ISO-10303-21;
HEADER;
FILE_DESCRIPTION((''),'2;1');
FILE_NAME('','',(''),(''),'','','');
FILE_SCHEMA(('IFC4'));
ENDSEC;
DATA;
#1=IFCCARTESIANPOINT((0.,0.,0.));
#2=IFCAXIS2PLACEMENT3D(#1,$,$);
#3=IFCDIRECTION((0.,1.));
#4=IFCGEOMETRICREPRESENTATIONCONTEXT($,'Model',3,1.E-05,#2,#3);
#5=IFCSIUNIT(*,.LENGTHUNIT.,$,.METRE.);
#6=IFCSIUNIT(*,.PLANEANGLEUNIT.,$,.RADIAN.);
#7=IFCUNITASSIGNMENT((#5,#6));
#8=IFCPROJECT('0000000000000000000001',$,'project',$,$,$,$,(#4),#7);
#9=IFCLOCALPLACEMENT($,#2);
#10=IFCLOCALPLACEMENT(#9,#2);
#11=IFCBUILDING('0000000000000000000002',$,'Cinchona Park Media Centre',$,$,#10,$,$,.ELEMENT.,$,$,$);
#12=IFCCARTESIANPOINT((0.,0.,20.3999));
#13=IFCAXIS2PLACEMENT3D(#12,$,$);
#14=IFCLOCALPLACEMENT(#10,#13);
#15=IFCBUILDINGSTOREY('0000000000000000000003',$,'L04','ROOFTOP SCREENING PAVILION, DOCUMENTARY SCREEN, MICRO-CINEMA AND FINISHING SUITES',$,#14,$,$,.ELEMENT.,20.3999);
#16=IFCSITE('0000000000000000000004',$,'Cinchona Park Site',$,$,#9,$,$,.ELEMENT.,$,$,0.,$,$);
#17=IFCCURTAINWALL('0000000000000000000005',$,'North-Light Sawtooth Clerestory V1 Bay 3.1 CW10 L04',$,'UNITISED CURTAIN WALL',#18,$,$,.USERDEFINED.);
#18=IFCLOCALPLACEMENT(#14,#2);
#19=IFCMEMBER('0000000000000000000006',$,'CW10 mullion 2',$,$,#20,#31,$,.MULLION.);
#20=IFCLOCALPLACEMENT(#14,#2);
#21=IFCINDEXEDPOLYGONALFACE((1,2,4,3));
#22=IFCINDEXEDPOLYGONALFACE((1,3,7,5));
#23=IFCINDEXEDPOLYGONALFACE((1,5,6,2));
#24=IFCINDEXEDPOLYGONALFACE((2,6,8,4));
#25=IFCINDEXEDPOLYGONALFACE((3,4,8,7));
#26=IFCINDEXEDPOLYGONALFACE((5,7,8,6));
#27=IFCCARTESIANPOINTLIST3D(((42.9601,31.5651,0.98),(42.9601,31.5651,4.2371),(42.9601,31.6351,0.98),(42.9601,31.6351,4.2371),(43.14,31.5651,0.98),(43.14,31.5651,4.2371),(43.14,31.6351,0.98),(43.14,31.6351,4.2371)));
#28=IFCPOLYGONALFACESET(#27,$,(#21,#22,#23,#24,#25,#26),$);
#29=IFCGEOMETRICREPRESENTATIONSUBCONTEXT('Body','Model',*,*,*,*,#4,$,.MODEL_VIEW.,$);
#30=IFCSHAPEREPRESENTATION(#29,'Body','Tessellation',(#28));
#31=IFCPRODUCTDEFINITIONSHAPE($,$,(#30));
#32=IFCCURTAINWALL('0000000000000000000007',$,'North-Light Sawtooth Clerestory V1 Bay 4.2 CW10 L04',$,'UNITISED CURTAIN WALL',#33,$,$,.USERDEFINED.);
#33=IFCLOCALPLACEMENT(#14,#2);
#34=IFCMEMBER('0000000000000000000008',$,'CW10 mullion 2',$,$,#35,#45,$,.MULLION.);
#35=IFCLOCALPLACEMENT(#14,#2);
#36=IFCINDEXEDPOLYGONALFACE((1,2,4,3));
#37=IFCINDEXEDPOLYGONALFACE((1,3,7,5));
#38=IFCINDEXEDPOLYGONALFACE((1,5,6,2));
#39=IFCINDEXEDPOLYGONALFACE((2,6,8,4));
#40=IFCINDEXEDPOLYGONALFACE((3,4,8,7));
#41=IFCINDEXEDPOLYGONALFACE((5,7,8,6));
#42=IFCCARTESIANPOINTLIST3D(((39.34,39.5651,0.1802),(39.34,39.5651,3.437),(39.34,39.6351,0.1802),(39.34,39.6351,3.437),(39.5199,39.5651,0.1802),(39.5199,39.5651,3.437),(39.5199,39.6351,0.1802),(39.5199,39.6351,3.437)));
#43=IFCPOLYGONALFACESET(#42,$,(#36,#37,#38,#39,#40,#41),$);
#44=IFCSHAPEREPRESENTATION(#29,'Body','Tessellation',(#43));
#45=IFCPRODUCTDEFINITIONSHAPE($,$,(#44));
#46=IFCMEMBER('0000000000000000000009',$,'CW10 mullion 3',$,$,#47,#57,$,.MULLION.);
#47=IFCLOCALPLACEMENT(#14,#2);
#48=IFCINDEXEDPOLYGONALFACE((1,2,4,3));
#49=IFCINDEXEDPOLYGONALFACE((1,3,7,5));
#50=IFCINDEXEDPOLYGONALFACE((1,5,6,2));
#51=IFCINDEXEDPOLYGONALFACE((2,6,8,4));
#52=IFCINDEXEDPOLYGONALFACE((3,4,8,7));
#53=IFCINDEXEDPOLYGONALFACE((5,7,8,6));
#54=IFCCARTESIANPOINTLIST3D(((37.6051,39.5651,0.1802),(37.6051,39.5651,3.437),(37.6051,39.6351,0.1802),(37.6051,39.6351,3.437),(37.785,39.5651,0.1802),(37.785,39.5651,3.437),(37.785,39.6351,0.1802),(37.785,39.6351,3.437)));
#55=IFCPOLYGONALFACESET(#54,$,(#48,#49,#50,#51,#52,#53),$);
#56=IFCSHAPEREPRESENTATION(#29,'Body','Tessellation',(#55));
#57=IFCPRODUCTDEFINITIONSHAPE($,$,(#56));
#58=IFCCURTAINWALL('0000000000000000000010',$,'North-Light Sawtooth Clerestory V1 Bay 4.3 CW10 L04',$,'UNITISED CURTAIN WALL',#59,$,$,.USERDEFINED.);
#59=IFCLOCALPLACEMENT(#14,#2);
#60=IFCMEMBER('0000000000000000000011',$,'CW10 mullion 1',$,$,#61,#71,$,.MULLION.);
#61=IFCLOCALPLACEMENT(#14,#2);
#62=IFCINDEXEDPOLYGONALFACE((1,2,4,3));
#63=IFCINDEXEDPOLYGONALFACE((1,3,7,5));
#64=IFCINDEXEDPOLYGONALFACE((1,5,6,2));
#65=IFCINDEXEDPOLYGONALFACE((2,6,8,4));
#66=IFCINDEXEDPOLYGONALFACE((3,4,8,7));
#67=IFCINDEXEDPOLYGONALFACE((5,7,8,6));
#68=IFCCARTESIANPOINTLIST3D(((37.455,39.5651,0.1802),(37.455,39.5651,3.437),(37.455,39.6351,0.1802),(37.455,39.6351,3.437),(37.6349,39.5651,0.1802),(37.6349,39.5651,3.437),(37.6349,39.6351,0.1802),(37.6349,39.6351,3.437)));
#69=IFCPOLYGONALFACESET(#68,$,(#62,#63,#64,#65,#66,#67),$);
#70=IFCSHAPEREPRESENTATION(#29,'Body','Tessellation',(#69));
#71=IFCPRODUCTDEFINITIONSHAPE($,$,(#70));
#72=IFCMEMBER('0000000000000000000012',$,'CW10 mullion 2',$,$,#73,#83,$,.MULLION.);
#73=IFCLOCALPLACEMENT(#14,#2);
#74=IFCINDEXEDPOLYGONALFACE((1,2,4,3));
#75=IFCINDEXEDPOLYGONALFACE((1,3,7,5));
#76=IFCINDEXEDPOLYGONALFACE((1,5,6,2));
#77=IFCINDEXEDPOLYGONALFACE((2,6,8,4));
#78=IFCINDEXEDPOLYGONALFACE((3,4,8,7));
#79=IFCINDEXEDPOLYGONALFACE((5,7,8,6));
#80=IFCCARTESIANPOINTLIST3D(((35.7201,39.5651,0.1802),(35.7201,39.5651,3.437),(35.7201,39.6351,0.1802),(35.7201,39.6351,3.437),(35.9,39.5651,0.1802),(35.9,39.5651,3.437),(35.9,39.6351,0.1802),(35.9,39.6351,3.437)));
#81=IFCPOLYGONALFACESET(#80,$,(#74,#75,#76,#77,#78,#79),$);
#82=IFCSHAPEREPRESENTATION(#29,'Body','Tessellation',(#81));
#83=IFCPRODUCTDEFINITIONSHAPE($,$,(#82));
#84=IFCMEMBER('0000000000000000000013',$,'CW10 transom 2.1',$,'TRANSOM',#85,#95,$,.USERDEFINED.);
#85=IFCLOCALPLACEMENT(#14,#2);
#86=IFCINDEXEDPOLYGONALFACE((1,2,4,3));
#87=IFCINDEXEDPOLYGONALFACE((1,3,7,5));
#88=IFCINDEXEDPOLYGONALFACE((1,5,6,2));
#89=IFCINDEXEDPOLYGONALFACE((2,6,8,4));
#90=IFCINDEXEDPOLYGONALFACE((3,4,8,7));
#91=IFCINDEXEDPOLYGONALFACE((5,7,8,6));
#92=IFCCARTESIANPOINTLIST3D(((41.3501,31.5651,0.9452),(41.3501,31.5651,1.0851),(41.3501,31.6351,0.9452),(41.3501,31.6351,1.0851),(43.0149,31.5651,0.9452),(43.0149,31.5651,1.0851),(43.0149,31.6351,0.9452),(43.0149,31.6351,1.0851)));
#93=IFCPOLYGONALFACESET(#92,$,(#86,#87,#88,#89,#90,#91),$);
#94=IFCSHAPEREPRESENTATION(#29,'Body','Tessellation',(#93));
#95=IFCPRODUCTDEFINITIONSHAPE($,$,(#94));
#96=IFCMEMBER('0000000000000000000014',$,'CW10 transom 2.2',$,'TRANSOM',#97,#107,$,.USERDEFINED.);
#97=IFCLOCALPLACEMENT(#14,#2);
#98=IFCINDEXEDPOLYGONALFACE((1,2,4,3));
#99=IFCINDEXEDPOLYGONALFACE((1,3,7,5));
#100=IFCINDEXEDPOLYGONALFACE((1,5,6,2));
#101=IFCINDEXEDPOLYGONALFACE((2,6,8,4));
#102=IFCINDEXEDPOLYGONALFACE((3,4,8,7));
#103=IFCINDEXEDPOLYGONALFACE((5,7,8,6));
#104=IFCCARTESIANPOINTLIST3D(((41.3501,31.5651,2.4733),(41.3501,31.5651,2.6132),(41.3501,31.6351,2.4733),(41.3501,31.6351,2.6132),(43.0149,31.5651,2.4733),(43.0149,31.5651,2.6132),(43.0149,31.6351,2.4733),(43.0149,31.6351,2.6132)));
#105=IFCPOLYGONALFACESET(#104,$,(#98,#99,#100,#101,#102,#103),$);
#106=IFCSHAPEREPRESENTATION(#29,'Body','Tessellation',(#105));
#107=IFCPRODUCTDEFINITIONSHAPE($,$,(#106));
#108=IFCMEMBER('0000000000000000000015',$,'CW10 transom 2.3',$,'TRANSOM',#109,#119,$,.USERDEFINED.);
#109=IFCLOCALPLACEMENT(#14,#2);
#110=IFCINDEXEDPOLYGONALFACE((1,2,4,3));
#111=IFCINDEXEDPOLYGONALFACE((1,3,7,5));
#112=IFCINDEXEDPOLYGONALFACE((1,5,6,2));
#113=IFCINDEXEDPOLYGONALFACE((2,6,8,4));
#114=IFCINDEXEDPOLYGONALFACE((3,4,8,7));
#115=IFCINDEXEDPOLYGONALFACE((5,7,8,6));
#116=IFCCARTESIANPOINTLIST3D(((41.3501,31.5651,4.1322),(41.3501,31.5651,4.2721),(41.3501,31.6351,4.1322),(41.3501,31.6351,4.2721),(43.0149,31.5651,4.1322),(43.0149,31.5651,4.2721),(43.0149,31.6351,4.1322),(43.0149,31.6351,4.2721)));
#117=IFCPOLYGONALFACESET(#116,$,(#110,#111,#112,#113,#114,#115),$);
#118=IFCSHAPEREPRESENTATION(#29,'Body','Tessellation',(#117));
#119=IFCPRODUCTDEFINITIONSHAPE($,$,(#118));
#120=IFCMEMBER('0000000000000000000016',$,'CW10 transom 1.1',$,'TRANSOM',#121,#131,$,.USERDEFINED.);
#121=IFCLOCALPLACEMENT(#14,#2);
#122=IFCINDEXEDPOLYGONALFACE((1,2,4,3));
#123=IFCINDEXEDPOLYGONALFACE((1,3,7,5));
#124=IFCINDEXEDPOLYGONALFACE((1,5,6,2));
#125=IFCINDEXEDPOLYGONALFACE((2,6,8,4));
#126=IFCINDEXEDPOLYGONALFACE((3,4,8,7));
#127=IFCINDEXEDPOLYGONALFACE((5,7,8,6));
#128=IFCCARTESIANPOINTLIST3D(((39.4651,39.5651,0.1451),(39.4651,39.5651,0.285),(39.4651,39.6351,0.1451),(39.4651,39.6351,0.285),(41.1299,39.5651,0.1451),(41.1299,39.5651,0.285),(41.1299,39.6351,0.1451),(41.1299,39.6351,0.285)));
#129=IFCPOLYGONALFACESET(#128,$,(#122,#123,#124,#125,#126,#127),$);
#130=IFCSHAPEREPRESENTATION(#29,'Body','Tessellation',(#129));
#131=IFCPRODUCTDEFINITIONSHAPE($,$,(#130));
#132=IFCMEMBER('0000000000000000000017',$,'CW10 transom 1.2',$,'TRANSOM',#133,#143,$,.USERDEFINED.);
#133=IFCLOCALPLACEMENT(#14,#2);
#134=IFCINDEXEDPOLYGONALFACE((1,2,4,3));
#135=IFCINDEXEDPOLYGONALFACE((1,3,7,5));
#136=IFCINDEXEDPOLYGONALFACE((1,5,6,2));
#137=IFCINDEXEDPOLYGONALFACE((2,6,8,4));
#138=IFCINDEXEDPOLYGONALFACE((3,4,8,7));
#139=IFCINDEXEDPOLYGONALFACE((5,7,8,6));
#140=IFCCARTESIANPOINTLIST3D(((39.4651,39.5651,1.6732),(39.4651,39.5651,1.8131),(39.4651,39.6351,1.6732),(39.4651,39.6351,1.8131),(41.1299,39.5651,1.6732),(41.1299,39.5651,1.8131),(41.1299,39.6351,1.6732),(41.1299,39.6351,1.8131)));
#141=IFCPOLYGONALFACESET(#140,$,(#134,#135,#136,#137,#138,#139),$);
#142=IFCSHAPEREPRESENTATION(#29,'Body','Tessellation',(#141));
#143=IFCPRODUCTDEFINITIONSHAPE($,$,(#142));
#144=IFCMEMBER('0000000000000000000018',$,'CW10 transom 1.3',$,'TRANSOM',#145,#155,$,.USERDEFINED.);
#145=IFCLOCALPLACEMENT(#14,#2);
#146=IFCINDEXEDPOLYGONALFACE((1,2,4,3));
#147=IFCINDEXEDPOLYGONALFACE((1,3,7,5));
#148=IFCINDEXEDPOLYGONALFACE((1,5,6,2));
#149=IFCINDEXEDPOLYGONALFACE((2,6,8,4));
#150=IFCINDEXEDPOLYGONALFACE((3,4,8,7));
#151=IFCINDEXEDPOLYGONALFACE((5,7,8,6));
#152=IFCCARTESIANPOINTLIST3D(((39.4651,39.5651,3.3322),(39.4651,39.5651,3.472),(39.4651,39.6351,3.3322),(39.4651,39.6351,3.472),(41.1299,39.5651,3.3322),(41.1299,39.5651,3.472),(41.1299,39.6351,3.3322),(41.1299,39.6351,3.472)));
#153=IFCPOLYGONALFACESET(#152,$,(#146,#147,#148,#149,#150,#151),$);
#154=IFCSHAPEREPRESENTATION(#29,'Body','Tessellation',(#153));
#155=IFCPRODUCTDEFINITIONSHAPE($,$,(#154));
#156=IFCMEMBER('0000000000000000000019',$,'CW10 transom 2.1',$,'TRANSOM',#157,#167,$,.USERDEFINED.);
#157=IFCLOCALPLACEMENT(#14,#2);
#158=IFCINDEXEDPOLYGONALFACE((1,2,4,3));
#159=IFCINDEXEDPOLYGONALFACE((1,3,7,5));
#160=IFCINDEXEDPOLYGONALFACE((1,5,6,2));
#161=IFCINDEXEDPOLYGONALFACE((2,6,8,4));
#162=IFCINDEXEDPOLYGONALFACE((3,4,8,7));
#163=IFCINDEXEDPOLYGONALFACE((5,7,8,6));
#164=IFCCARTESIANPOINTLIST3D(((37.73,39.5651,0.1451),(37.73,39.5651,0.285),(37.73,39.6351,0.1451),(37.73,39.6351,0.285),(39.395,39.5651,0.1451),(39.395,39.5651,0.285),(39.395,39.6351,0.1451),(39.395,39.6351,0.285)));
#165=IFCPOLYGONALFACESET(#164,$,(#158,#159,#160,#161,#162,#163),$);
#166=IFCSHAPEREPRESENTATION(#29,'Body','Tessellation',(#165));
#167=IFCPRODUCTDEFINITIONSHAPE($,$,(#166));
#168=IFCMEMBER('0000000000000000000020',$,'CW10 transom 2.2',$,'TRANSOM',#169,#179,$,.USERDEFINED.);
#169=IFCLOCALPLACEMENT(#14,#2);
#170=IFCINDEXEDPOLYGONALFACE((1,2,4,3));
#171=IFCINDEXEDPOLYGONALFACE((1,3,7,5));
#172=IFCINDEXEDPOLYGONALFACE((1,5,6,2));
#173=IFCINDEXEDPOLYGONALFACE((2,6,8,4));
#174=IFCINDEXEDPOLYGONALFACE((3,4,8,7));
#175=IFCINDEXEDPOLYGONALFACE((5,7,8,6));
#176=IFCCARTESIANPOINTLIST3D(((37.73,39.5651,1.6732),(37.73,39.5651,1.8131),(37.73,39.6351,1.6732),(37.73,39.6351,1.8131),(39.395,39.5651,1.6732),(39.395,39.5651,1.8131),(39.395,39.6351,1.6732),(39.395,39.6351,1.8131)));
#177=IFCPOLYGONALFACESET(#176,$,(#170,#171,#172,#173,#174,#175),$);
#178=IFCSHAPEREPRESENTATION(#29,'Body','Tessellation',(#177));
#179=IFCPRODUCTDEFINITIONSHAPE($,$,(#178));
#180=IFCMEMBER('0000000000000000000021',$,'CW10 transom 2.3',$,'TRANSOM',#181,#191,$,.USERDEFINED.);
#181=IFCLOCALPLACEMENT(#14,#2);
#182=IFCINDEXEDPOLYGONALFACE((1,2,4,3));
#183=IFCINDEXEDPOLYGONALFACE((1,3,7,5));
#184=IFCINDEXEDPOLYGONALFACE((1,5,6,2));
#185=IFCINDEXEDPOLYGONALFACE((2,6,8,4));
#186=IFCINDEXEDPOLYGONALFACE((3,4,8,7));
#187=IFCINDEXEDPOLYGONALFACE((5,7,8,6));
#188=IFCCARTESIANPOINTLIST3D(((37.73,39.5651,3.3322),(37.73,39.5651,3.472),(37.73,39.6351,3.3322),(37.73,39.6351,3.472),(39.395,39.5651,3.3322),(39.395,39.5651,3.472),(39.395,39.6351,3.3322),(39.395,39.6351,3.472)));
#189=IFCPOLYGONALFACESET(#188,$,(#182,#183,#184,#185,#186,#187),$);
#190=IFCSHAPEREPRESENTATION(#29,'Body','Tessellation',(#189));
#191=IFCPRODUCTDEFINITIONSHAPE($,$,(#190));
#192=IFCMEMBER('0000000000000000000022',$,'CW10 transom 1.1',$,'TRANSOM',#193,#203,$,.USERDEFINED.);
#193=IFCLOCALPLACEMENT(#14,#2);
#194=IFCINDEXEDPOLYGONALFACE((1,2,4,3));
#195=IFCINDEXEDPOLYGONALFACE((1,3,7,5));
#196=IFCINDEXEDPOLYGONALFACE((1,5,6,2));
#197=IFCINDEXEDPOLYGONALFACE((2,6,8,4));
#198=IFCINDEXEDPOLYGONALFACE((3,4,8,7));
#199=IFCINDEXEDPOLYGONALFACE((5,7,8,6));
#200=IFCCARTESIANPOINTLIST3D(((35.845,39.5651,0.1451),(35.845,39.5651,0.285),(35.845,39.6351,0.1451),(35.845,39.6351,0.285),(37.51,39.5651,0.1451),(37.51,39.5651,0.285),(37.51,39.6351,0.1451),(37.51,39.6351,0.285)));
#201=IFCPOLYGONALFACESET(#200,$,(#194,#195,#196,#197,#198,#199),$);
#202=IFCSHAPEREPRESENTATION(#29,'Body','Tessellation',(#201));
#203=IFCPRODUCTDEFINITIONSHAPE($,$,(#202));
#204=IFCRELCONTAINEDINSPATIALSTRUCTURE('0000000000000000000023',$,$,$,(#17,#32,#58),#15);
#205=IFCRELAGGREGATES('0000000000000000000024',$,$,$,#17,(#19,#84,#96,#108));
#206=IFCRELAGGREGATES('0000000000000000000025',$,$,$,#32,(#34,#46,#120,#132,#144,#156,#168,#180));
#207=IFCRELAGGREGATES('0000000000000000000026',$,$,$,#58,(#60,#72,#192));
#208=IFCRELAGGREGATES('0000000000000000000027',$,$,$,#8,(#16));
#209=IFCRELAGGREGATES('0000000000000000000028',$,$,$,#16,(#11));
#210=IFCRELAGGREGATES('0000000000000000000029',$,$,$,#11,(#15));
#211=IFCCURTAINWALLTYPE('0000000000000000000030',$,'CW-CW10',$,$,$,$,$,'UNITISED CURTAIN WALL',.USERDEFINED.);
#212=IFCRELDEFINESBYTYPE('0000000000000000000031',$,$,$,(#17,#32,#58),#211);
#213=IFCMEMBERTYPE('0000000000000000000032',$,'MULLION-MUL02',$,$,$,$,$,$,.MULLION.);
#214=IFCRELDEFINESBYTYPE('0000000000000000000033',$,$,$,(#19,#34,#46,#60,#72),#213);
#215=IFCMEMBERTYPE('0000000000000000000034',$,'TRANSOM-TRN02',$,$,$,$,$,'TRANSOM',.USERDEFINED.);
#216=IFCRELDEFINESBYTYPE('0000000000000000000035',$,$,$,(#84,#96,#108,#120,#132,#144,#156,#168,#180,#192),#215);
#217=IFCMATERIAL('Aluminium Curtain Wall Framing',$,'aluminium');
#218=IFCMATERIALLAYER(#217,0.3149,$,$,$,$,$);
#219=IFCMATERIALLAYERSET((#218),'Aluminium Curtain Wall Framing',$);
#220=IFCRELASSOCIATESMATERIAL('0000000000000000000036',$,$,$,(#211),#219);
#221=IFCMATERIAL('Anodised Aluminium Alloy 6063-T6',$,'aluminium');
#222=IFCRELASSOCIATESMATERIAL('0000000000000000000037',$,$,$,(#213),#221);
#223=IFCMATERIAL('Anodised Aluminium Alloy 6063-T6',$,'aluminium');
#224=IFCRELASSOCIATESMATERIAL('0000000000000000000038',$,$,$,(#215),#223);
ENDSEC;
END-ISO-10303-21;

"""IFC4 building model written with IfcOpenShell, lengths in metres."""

from ifc_helpers import new_model, si_unit, direction, frame, origin, origin_2d, place, context, subcontext, project, spatial, rectangle, extrude, material, layer, layer_set, material_profile, profile_set, type_object, element, aggregate, save


model = new_model("IFC4")

# Units and contexts
model_context = context("Model", 3, precision=1e-05, world=origin(), true_north=direction((0.0, 1.0)))
body_context = subcontext(model_context, "Body", "Model", "MODEL_VIEW")
ifc_project = project(units=[si_unit("LENGTHUNIT", "METRE"), si_unit("PLANEANGLEUNIT", "RADIAN")], contexts=[model_context])

# Site, building, storey
site_placement = place(None, origin())
site = spatial("IfcSite", under=ifc_project, at=site_placement, Name="Cinchona Park Site", CompositionType="ELEMENT", RefElevation=0.0)
building_placement = place(site_placement, origin())
building = spatial("IfcBuilding", under=site, at=building_placement, Name="Cinchona Park Media Centre", CompositionType="ELEMENT")
storey_placement = place(building_placement, frame((0.0, 0.0, 20.3999)))
storey = spatial("IfcBuildingStorey", under=building, at=storey_placement, Name="L04", Description="ROOFTOP SCREENING PAVILION, DOCUMENTARY SCREEN, MICRO-CINEMA AND FINISHING SUITES", CompositionType="ELEMENT", Elevation=20.3999)

# Curtain wall, member
ifc_material_1 = material(Name="Aluminium Curtain Wall Framing", Category="aluminium")
ifc_layer_1 = layer(ifc_material_1, 0.3149)
ifc_layer_set_1 = layer_set([ifc_layer_1], Name="Aluminium Curtain Wall Framing")
curtain_wall_type = type_object("IfcCurtainWallType", Name="CW-CW10", ElementType="UNITISED CURTAIN WALL", PredefinedType="USERDEFINED", material=ifc_layer_set_1)
curtain_wall_1_placement = place(storey_placement, origin())
curtain_wall_1 = element("IfcCurtainWall", 1, at=curtain_wall_1_placement, inside=storey, type_object=curtain_wall_type, Name="North-Light Sawtooth Clerestory V1 Bay 3.1 CW10 L04", ObjectType="UNITISED CURTAIN WALL", PredefinedType="USERDEFINED")
ifc_material_2 = material(Name="Anodised Aluminium Alloy 6063-T6", Category="aluminium")
ifc_material_profile_1 = material_profile(ifc_material_2, rectangle(XDim=0.0701, YDim=0.1799, at=origin_2d()), Name="MUL-70X180")
ifc_profile_set_1 = profile_set([ifc_material_profile_1], Name="Anodised Aluminium Alloy 6063-T6")
member_type_1 = type_object("IfcMemberType", Name="MULLION-MUL02", PredefinedType="MULLION", material=ifc_profile_set_1)
member_1_placement = place(storey_placement, frame((43.05, 31.6001, 0.98), z_axis=(0.0, 0.0, 1.0), x_axis=(0.0, -1.0, 0.0)))
member_1 = element("IfcMember", 2, at=member_1_placement, type_object=member_type_1, Name="CW10 mullion 2", PredefinedType="MULLION", context=body_context, shape_type="SweptSolid", body=[
    extrude(rectangle(XDim=0.0701, YDim=0.1799, at=origin_2d()), origin(), (0.0, 0.0, 1.0), 3.2571),
])

# Curtain walls, members
curtain_wall_2_placement = place(storey_placement, origin())
curtain_wall_2 = element("IfcCurtainWall", 3, at=curtain_wall_2_placement, inside=storey, type_object=curtain_wall_type, Name="North-Light Sawtooth Clerestory V1 Bay 4.2 CW10 L04", ObjectType="UNITISED CURTAIN WALL", PredefinedType="USERDEFINED")
member_2_placement = place(storey_placement, frame((39.4299, 39.6001, 0.1802), z_axis=(0.0, 0.0, 1.0), x_axis=(0.0, -1.0, 0.0)))
member_2 = element("IfcMember", 4, at=member_2_placement, type_object=member_type_1, Name="CW10 mullion 2", PredefinedType="MULLION", context=body_context, shape_type="SweptSolid", body=[
    extrude(rectangle(XDim=0.0701, YDim=0.1799, at=origin_2d()), origin(), (0.0, 0.0, 1.0), 3.2568),
])
member_3_placement = place(storey_placement, frame((37.6951, 39.6001, 0.1802), z_axis=(0.0, 0.0, 1.0), x_axis=(0.0, -1.0, 0.0)))
member_3 = element("IfcMember", 5, at=member_3_placement, type_object=member_type_1, Name="CW10 mullion 3", PredefinedType="MULLION", context=body_context, shape_type="SweptSolid", body=[
    extrude(rectangle(XDim=0.0701, YDim=0.1799, at=origin_2d()), origin(), (0.0, 0.0, 1.0), 3.2568),
])
curtain_wall_3_placement = place(storey_placement, origin())
curtain_wall_3 = element("IfcCurtainWall", 6, at=curtain_wall_3_placement, inside=storey, type_object=curtain_wall_type, Name="North-Light Sawtooth Clerestory V1 Bay 4.3 CW10 L04", ObjectType="UNITISED CURTAIN WALL", PredefinedType="USERDEFINED")
member_4_placement = place(storey_placement, frame((37.5449, 39.6001, 0.1802), z_axis=(0.0, 0.0, 1.0), x_axis=(0.0, -1.0, 0.0)))
member_4 = element("IfcMember", 7, at=member_4_placement, type_object=member_type_1, Name="CW10 mullion 1", PredefinedType="MULLION", context=body_context, shape_type="SweptSolid", body=[
    extrude(rectangle(XDim=0.0701, YDim=0.1799, at=origin_2d()), origin(), (0.0, 0.0, 1.0), 3.2568),
])
member_5_placement = place(storey_placement, frame((35.8101, 39.6001, 0.1802), z_axis=(0.0, 0.0, 1.0), x_axis=(0.0, -1.0, 0.0)))
member_5 = element("IfcMember", 8, at=member_5_placement, type_object=member_type_1, Name="CW10 mullion 2", PredefinedType="MULLION", context=body_context, shape_type="SweptSolid", body=[
    extrude(rectangle(XDim=0.0701, YDim=0.1799, at=origin_2d()), origin(), (0.0, 0.0, 1.0), 3.2568),
])

# Members
ifc_material_3 = material(Name="Anodised Aluminium Alloy 6063-T6", Category="aluminium")
ifc_material_profile_2 = material_profile(ifc_material_3, rectangle(XDim=0.0701, YDim=0.1399, at=origin_2d()), Name="TRN-70X140")
ifc_profile_set_2 = profile_set([ifc_material_profile_2], Name="Anodised Aluminium Alloy 6063-T6")
member_type_2 = type_object("IfcMemberType", Name="TRANSOM-TRN02", ElementType="TRANSOM", PredefinedType="USERDEFINED", material=ifc_profile_set_2)
member_6_placement = place(storey_placement, frame((43.0149, 31.6001, 1.0151), z_axis=(-1.0, 0.0, 0.0), x_axis=(0.0, -1.0, 0.0)))
member_6 = element("IfcMember", 9, at=member_6_placement, type_object=member_type_2, Name="CW10 transom 2.1", ObjectType="TRANSOM", PredefinedType="USERDEFINED", context=body_context, shape_type="SweptSolid", body=[
    extrude(rectangle(XDim=0.0701, YDim=0.1399, at=origin_2d()), origin(), (0.0, 0.0, 1.0), 1.6648),
])
member_7_placement = place(storey_placement, frame((43.0149, 31.6001, 2.5432), z_axis=(-1.0, 0.0, 0.0), x_axis=(0.0, -1.0, 0.0)))
member_7 = element("IfcMember", 10, at=member_7_placement, type_object=member_type_2, Name="CW10 transom 2.2", ObjectType="TRANSOM", PredefinedType="USERDEFINED", context=body_context, shape_type="SweptSolid", body=[
    extrude(rectangle(XDim=0.0701, YDim=0.1399, at=origin_2d()), origin(), (0.0, 0.0, 1.0), 1.6648),
])
member_8_placement = place(storey_placement, frame((43.0149, 31.6001, 4.2021), z_axis=(-1.0, 0.0, 0.0), x_axis=(0.0, -1.0, 0.0)))
member_8 = element("IfcMember", 11, at=member_8_placement, type_object=member_type_2, Name="CW10 transom 2.3", ObjectType="TRANSOM", PredefinedType="USERDEFINED", context=body_context, shape_type="SweptSolid", body=[
    extrude(rectangle(XDim=0.0701, YDim=0.1399, at=origin_2d()), origin(), (0.0, 0.0, 1.0), 1.6648),
])
member_9_placement = place(storey_placement, frame((41.1299, 39.6001, 0.2151), z_axis=(-1.0, 0.0, 0.0), x_axis=(0.0, -1.0, 0.0)))
member_9 = element("IfcMember", 12, at=member_9_placement, type_object=member_type_2, Name="CW10 transom 1.1", ObjectType="TRANSOM", PredefinedType="USERDEFINED", context=body_context, shape_type="SweptSolid", body=[
    extrude(rectangle(XDim=0.0701, YDim=0.1399, at=origin_2d()), origin(), (0.0, 0.0, 1.0), 1.6648),
])
member_10_placement = place(storey_placement, frame((41.1299, 39.6001, 1.7432), z_axis=(-1.0, 0.0, 0.0), x_axis=(0.0, -1.0, 0.0)))
member_10 = element("IfcMember", 13, at=member_10_placement, type_object=member_type_2, Name="CW10 transom 1.2", ObjectType="TRANSOM", PredefinedType="USERDEFINED", context=body_context, shape_type="SweptSolid", body=[
    extrude(rectangle(XDim=0.0701, YDim=0.1399, at=origin_2d()), origin(), (0.0, 0.0, 1.0), 1.6648),
])
member_11_placement = place(storey_placement, frame((41.1299, 39.6001, 3.4021), z_axis=(-1.0, 0.0, 0.0), x_axis=(0.0, -1.0, 0.0)))
member_11 = element("IfcMember", 14, at=member_11_placement, type_object=member_type_2, Name="CW10 transom 1.3", ObjectType="TRANSOM", PredefinedType="USERDEFINED", context=body_context, shape_type="SweptSolid", body=[
    extrude(rectangle(XDim=0.0701, YDim=0.1399, at=origin_2d()), origin(), (0.0, 0.0, 1.0), 1.6648),
])
member_12_placement = place(storey_placement, frame((39.395, 39.6001, 0.2151), z_axis=(-1.0, 0.0, 0.0), x_axis=(0.0, -1.0, 0.0)))
member_12 = element("IfcMember", 15, at=member_12_placement, type_object=member_type_2, Name="CW10 transom 2.1", ObjectType="TRANSOM", PredefinedType="USERDEFINED", context=body_context, shape_type="SweptSolid", body=[
    extrude(rectangle(XDim=0.0701, YDim=0.1399, at=origin_2d()), origin(), (0.0, 0.0, 1.0), 1.665),
])
member_13_placement = place(storey_placement, frame((39.395, 39.6001, 1.7432), z_axis=(-1.0, 0.0, 0.0), x_axis=(0.0, -1.0, 0.0)))
member_13 = element("IfcMember", 16, at=member_13_placement, type_object=member_type_2, Name="CW10 transom 2.2", ObjectType="TRANSOM", PredefinedType="USERDEFINED", context=body_context, shape_type="SweptSolid", body=[
    extrude(rectangle(XDim=0.0701, YDim=0.1399, at=origin_2d()), origin(), (0.0, 0.0, 1.0), 1.665),
])
member_14_placement = place(storey_placement, frame((39.395, 39.6001, 3.4021), z_axis=(-1.0, 0.0, 0.0), x_axis=(0.0, -1.0, 0.0)))
member_14 = element("IfcMember", 17, at=member_14_placement, type_object=member_type_2, Name="CW10 transom 2.3", ObjectType="TRANSOM", PredefinedType="USERDEFINED", context=body_context, shape_type="SweptSolid", body=[
    extrude(rectangle(XDim=0.0701, YDim=0.1399, at=origin_2d()), origin(), (0.0, 0.0, 1.0), 1.665),
])
member_15_placement = place(storey_placement, frame((37.51, 39.6001, 0.2151), z_axis=(-1.0, 0.0, 0.0), x_axis=(0.0, -1.0, 0.0)))
member_15 = element("IfcMember", 18, at=member_15_placement, type_object=member_type_2, Name="CW10 transom 1.1", ObjectType="TRANSOM", PredefinedType="USERDEFINED", context=body_context, shape_type="SweptSolid", body=[
    extrude(rectangle(XDim=0.0701, YDim=0.1399, at=origin_2d()), origin(), (0.0, 0.0, 1.0), 1.665),
])

aggregate(curtain_wall_1, [member_1, member_6, member_7, member_8])
aggregate(curtain_wall_2, [member_2, member_3, member_9, member_10, member_11, member_12, member_13, member_14])
aggregate(curtain_wall_3, [member_4, member_5, member_15])

save(model, "model.ifc")
